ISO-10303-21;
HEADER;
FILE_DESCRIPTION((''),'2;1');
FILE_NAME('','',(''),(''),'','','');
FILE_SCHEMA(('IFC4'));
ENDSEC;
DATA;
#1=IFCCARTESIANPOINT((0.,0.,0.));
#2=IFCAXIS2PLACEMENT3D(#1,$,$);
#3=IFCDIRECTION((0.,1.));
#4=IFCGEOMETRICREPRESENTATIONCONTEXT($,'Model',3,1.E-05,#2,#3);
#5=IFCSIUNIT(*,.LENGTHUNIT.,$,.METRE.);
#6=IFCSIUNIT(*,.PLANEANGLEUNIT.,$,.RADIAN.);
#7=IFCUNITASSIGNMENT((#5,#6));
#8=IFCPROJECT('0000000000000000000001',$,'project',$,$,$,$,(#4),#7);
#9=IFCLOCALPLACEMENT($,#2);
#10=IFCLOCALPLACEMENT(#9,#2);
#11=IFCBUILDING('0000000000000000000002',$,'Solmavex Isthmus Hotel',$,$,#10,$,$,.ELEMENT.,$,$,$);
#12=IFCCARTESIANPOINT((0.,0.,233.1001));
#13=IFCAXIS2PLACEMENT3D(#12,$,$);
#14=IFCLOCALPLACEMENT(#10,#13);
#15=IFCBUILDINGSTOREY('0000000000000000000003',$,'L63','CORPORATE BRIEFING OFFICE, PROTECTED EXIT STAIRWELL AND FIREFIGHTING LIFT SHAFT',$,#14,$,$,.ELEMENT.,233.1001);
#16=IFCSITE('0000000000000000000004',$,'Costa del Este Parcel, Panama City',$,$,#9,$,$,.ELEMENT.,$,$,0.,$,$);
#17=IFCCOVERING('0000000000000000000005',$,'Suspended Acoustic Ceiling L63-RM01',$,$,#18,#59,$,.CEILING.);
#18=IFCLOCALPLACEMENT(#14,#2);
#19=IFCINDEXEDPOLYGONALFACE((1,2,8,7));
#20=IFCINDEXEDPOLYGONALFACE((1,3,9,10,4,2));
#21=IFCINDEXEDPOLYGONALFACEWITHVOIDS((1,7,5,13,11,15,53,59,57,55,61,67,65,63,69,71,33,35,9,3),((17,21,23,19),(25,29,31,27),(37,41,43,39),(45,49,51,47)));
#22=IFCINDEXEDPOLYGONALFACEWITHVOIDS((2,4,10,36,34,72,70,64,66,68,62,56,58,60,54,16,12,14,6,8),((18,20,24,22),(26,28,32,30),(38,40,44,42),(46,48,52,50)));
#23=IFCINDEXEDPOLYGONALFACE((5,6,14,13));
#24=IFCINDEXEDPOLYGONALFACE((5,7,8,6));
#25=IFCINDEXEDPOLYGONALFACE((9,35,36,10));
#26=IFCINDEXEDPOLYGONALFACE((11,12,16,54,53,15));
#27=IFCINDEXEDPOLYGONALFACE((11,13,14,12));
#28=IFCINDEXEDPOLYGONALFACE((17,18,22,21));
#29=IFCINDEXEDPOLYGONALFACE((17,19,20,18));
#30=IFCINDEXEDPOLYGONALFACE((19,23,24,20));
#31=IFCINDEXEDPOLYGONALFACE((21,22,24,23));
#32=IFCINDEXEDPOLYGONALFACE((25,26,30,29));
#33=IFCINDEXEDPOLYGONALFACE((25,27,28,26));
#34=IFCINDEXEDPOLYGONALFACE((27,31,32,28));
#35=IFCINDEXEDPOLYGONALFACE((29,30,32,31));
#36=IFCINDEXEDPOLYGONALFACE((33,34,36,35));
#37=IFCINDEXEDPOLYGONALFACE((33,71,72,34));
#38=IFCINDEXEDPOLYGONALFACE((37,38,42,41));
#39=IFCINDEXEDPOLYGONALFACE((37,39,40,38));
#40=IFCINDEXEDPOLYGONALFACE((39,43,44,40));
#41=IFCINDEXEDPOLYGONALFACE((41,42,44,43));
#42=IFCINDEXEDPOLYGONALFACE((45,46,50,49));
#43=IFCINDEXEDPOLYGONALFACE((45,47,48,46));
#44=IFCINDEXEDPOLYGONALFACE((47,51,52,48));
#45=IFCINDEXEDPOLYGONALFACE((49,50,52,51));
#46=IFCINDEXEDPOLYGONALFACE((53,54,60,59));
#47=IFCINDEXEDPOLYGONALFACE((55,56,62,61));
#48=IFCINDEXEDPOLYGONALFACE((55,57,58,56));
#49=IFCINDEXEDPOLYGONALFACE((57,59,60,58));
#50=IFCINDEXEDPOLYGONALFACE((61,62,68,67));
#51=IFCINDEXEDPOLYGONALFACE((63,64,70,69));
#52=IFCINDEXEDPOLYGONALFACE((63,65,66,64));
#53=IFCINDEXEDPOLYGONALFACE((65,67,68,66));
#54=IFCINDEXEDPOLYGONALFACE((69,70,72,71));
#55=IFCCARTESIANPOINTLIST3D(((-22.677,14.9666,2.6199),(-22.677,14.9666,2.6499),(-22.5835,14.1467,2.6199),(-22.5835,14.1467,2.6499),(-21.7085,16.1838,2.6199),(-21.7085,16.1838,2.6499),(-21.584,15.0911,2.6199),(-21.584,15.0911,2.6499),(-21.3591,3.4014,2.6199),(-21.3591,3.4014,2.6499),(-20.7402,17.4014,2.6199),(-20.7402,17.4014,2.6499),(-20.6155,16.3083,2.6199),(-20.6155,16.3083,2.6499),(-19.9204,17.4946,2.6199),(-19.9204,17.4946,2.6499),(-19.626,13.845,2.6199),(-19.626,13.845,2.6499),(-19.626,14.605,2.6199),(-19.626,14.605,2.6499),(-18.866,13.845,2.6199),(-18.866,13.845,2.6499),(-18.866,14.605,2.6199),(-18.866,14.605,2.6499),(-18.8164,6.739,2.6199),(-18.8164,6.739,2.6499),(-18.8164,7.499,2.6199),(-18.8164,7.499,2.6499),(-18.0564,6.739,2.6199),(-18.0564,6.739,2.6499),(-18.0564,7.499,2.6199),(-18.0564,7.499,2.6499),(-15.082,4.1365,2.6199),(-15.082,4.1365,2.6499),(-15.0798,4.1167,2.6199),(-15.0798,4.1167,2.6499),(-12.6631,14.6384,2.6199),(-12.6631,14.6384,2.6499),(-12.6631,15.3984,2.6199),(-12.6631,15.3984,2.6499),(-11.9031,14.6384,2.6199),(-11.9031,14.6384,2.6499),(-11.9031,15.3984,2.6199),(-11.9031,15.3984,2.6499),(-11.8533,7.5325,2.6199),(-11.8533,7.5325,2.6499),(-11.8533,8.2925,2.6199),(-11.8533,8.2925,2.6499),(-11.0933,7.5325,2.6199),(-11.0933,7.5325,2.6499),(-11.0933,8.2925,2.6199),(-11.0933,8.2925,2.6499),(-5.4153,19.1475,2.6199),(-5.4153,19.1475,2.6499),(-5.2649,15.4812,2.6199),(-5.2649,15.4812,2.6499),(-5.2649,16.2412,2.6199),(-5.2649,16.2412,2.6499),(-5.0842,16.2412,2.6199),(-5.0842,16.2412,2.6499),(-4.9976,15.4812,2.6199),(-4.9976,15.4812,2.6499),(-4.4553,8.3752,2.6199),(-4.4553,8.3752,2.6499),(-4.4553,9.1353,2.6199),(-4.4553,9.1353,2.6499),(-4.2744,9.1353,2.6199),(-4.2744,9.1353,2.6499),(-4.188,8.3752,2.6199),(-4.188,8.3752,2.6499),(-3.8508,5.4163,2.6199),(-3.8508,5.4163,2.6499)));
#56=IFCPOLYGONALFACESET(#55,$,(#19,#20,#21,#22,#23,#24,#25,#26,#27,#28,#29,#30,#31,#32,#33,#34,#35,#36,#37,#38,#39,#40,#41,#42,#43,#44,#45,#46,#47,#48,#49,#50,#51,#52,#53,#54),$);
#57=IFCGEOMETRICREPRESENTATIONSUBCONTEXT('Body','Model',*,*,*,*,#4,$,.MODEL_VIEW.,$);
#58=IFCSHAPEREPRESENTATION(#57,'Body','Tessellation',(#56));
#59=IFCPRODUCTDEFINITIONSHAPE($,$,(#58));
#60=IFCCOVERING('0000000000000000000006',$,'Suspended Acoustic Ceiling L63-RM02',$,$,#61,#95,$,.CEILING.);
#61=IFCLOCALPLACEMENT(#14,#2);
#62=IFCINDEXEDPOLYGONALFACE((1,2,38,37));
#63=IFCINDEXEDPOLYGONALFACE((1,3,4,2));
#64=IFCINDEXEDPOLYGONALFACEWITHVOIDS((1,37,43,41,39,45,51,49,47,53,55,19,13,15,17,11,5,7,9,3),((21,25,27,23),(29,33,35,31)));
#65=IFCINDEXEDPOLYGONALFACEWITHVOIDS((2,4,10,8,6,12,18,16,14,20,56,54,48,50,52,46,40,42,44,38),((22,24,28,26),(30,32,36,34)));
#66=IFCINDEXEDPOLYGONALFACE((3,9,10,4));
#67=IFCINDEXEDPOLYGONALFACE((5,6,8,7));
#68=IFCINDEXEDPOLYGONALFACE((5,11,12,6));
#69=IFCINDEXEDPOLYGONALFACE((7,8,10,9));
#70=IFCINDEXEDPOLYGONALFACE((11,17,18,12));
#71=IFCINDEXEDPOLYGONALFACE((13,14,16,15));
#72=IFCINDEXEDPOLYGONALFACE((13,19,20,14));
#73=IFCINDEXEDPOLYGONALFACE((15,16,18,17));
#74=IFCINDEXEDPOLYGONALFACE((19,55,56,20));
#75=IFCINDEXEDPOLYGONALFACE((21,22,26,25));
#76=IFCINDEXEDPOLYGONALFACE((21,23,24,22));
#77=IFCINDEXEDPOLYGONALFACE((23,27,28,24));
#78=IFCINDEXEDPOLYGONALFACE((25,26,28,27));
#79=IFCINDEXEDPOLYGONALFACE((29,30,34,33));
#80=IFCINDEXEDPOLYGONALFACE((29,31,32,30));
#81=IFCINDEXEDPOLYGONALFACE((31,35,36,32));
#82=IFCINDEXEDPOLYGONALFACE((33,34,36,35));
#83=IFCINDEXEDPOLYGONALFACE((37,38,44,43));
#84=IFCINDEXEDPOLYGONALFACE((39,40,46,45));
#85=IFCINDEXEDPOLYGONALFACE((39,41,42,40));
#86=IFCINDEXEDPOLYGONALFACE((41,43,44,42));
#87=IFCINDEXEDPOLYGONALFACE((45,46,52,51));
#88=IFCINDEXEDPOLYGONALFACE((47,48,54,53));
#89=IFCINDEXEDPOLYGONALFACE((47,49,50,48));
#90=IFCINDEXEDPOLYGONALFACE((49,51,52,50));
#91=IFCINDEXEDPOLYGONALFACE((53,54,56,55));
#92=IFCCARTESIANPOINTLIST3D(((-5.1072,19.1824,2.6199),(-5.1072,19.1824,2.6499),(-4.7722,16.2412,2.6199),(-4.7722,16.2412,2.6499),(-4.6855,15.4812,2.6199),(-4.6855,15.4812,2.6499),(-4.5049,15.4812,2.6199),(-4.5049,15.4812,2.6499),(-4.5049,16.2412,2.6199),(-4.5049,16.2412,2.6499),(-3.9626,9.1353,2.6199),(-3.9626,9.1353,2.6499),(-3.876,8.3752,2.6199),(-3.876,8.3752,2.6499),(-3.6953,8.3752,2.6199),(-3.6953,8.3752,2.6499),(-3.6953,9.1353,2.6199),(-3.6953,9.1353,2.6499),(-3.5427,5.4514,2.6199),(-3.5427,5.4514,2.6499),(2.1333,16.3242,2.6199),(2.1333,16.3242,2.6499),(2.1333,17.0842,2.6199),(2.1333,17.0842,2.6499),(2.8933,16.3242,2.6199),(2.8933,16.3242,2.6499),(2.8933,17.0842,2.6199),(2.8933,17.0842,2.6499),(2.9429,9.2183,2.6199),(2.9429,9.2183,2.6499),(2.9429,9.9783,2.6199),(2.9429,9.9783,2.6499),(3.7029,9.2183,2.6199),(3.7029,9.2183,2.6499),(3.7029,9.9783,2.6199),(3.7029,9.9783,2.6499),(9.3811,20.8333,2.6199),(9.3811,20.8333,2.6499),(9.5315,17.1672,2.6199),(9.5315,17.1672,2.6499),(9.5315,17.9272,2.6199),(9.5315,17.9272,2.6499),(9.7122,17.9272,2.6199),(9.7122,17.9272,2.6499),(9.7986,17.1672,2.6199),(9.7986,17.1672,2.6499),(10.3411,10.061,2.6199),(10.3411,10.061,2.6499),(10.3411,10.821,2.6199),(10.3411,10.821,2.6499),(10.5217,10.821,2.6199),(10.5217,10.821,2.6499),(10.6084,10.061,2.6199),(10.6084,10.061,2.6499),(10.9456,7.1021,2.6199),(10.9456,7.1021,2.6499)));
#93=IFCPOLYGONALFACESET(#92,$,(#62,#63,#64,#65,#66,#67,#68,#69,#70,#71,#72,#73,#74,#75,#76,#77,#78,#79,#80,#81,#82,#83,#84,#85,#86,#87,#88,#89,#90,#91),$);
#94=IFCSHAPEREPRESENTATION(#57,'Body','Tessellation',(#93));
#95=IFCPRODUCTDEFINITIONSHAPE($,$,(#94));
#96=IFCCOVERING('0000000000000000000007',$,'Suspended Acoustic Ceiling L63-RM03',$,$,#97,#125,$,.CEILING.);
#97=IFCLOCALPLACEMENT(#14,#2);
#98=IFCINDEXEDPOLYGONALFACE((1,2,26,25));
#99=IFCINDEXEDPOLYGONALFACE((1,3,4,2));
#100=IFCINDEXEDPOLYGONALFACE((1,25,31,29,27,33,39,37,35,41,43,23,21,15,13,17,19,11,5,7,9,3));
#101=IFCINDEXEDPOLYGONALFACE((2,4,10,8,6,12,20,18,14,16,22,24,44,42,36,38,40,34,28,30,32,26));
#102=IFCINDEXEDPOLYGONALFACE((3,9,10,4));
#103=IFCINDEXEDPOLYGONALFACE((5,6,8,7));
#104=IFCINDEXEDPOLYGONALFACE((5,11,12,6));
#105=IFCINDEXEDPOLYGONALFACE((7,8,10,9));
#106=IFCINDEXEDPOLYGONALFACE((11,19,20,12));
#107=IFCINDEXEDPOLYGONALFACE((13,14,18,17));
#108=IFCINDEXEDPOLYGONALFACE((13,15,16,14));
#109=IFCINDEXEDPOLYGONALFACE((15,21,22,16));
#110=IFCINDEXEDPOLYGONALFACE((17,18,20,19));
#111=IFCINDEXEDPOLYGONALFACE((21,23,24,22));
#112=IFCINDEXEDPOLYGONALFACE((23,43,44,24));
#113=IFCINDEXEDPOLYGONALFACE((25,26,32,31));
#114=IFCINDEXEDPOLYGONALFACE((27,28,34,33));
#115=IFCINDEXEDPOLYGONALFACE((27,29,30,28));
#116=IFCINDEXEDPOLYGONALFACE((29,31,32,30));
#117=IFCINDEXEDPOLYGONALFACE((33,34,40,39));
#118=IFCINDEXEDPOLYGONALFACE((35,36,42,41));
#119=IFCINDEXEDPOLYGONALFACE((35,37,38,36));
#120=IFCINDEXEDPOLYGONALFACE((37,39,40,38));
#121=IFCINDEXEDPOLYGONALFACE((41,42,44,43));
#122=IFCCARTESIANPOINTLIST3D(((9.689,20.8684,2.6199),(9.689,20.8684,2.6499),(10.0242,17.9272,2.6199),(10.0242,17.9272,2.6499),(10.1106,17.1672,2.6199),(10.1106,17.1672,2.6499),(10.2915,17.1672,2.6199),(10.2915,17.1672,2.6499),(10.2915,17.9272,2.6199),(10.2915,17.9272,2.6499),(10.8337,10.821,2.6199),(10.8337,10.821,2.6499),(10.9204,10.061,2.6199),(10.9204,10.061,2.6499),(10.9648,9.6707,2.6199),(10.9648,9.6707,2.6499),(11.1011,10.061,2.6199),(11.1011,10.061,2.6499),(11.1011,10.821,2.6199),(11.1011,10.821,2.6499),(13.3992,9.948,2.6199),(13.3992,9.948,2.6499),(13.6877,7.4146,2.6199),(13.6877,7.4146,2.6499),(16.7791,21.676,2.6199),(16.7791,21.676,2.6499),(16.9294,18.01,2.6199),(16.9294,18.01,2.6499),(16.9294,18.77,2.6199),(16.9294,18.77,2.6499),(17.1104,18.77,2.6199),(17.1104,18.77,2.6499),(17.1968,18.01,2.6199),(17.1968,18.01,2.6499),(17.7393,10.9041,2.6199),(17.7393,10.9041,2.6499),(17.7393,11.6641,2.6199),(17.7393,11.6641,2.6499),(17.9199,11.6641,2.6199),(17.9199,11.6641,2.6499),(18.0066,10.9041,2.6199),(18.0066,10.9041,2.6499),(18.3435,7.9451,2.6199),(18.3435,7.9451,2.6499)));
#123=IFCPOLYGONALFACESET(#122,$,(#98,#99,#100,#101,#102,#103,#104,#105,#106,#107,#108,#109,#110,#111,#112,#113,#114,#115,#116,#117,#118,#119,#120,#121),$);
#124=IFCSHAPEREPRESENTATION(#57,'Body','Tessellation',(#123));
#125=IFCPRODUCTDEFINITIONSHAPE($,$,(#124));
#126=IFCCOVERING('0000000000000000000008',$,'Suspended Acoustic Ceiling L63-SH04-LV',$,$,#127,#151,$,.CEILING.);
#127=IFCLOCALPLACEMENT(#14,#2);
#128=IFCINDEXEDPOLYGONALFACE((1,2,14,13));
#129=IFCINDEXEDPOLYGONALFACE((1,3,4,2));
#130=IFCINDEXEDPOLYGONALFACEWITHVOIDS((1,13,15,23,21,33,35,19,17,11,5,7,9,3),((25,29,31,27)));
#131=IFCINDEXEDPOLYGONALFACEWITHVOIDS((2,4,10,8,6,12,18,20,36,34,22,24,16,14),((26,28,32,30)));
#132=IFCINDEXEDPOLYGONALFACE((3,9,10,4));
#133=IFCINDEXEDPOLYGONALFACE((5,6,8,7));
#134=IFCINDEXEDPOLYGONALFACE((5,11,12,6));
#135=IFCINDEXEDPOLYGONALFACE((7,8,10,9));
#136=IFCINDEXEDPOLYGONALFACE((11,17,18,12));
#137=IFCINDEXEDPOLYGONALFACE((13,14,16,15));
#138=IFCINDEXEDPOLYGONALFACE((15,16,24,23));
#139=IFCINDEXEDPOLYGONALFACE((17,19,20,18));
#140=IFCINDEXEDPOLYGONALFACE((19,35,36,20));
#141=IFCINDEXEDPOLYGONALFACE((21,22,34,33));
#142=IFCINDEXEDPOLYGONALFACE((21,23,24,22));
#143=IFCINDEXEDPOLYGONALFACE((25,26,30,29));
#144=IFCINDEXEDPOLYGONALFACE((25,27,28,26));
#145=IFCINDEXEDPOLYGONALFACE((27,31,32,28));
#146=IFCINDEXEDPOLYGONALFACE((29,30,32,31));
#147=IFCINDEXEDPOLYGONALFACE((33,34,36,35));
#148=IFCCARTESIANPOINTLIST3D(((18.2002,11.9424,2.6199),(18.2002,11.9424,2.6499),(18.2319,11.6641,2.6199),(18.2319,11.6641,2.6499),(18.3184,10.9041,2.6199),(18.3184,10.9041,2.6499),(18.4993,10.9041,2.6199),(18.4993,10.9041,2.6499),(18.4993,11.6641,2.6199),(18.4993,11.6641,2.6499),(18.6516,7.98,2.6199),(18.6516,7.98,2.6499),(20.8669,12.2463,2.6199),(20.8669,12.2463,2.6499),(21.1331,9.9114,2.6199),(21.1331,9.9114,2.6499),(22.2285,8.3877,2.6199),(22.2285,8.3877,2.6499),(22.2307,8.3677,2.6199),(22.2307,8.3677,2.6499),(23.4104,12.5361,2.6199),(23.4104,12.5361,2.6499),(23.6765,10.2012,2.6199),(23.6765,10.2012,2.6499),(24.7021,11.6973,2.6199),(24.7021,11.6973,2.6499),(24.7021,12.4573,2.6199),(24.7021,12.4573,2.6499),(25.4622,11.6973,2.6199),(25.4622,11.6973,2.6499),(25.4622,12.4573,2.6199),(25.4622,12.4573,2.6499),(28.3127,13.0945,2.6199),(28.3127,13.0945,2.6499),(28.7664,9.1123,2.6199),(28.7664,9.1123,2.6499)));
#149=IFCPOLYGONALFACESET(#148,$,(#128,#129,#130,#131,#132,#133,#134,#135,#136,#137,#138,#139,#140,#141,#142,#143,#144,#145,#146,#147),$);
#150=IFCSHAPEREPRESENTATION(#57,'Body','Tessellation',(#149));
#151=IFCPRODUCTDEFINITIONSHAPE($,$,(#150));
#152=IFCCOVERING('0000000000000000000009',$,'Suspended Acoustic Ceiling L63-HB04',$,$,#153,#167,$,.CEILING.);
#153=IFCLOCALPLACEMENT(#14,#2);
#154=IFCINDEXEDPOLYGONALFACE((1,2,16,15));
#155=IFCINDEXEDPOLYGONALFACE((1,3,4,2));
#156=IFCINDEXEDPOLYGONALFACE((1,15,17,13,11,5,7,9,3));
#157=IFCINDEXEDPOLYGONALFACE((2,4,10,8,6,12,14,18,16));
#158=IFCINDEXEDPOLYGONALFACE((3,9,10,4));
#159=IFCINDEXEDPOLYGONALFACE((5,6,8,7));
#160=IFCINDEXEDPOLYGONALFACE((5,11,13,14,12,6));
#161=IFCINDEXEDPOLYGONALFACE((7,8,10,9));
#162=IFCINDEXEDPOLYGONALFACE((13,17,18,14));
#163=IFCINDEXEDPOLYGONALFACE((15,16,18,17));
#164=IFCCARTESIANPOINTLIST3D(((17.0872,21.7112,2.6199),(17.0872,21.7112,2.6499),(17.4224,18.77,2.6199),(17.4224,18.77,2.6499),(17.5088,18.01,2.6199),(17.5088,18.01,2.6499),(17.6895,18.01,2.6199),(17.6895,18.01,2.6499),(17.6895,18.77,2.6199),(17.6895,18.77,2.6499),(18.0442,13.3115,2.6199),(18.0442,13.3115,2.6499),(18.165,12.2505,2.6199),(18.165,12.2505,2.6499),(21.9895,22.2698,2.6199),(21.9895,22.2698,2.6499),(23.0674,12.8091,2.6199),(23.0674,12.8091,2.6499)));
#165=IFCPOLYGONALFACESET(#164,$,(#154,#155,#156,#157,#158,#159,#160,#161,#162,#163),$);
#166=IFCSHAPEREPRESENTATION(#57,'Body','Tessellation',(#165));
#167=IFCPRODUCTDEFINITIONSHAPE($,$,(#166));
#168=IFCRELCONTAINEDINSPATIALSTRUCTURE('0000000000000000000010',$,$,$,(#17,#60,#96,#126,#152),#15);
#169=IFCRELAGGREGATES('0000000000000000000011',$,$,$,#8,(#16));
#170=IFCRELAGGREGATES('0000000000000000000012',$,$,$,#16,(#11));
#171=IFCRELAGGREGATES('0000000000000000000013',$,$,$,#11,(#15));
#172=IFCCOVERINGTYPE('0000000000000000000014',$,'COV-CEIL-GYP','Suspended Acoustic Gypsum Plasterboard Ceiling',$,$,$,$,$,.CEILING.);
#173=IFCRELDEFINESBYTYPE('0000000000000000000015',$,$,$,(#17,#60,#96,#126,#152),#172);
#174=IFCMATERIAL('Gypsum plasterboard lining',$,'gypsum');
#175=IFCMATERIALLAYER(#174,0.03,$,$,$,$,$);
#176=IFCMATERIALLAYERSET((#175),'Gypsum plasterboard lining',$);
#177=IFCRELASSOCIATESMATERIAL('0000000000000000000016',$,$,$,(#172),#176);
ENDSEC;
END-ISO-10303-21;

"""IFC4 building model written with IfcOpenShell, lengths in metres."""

from ifc_helpers import new_model, si_unit, direction, frame, origin, place, context, subcontext, project, spatial, polyline, outline, extrude, material, layer, layer_set, type_object, element, save


model = new_model("IFC4")

# Units and contexts
model_context = context("Model", 3, precision=1e-05, world=origin(), true_north=direction((0.0, 1.0)))
body_context = subcontext(model_context, "Body", "Model", "MODEL_VIEW")
ifc_project = project(units=[si_unit("LENGTHUNIT", "METRE"), si_unit("PLANEANGLEUNIT", "RADIAN")], contexts=[model_context])

# Site, building, storey
site_placement = place(None, origin())
site = spatial("IfcSite", under=ifc_project, at=site_placement, Name="Costa del Este Parcel, Panama City", CompositionType="ELEMENT", RefElevation=0.0)
building_placement = place(site_placement, origin())
building = spatial("IfcBuilding", under=site, at=building_placement, Name="Solmavex Isthmus Hotel", CompositionType="ELEMENT")
storey_placement = place(building_placement, frame((0.0, 0.0, 233.1001)))
storey = spatial("IfcBuildingStorey", under=building, at=storey_placement, Name="L63", Description="CORPORATE BRIEFING OFFICE, PROTECTED EXIT STAIRWELL AND FIREFIGHTING LIFT SHAFT", CompositionType="ELEMENT", Elevation=233.1001)

# Coverings
ifc_material_1 = material(Name="Gypsum plasterboard lining", Category="gypsum")
ifc_layer_1 = layer(ifc_material_1, 0.03)
ifc_layer_set_1 = layer_set([ifc_layer_1], Name="Gypsum plasterboard lining")
covering_type_1 = type_object("IfcCoveringType", Name="COV-CEIL-GYP", Description="Suspended Acoustic Gypsum Plasterboard Ceiling", PredefinedType="CEILING", material=ifc_layer_set_1)
covering_1_placement = place(storey_placement, frame((0.0, 0.0, 2.6199)))
element("IfcCovering", 1, at=covering_1_placement, inside=storey, type_object=covering_type_1, Name="Suspended Acoustic Ceiling L63-RM01", PredefinedType="CEILING", context=body_context, shape_type="SweptSolid", body=[
    extrude(outline(polyline([(-15.0798, 4.1167), (-15.082, 4.1365), (-3.8508, 5.4163), (-4.188, 8.3752), (-4.4553, 8.3752), (-4.4553, 9.1353), (-4.2744, 9.1353), (-4.9976, 15.4812), (-5.2649, 15.4812), (-5.2649, 16.2412), (-5.0842, 16.2412), (-5.4153, 19.1475), (-19.9204, 17.4946), (-20.7402, 17.4014), (-20.6155, 16.3083), (-21.7085, 16.1838), (-21.584, 15.0911), (-22.677, 14.9666), (-22.5835, 14.1467), (-21.3591, 3.4014), (-15.0798, 4.1167)]), holes=[polyline([(-11.8533, 7.5325), (-11.8533, 8.2925), (-11.0933, 8.2925), (-11.0933, 7.5325), (-11.8533, 7.5325)]), polyline([(-12.6631, 14.6384), (-12.6631, 15.3984), (-11.9031, 15.3984), (-11.9031, 14.6384), (-12.6631, 14.6384)]), polyline([(-18.8164, 6.739), (-18.8164, 7.499), (-18.0564, 7.499), (-18.0564, 6.739), (-18.8164, 6.739)]), polyline([(-19.626, 13.845), (-19.626, 14.605), (-18.866, 14.605), (-18.866, 13.845), (-19.626, 13.845)])]), origin(), (0.0, 0.0, 1.0), 0.03),
])
covering_2_placement = place(storey_placement, frame((0.0, 0.0, 2.6199)))
element("IfcCovering", 2, at=covering_2_placement, inside=storey, type_object=covering_type_1, Name="Suspended Acoustic Ceiling L63-RM02", PredefinedType="CEILING", context=body_context, shape_type="SweptSolid", body=[
    extrude(outline(polyline([(-3.9626, 9.1353), (-3.6953, 9.1353), (-3.6953, 8.3752), (-3.876, 8.3752), (-3.5427, 5.4514), (10.9456, 7.1021), (10.6084, 10.061), (10.3411, 10.061), (10.3411, 10.821), (10.5217, 10.821), (9.7986, 17.1672), (9.5315, 17.1672), (9.5315, 17.9272), (9.7122, 17.9272), (9.3811, 20.8333), (-5.1072, 19.1824), (-4.7722, 16.2412), (-4.5049, 16.2412), (-4.5049, 15.4812), (-4.6855, 15.4812), (-3.9626, 9.1353)]), holes=[polyline([(2.9429, 9.2183), (2.9429, 9.9783), (3.7029, 9.9783), (3.7029, 9.2183), (2.9429, 9.2183)]), polyline([(2.1333, 16.3242), (2.1333, 17.0842), (2.8933, 17.0842), (2.8933, 16.3242), (2.1333, 16.3242)])]), origin(), (0.0, 0.0, 1.0), 0.03),
])
covering_3_placement = place(storey_placement, frame((0.0, 0.0, 2.6199)))
element("IfcCovering", 3, at=covering_3_placement, inside=storey, type_object=covering_type_1, Name="Suspended Acoustic Ceiling L63-RM03", PredefinedType="CEILING", context=body_context, shape_type="SweptSolid", body=[
    extrude(outline(polyline([(10.8337, 10.821), (11.1011, 10.821), (11.1011, 10.061), (10.9204, 10.061), (10.9648, 9.6707), (13.3992, 9.948), (13.6877, 7.4146), (18.3435, 7.9451), (18.0066, 10.9041), (17.7393, 10.9041), (17.7393, 11.6641), (17.9199, 11.6641), (17.1968, 18.01), (16.9294, 18.01), (16.9294, 18.77), (17.1104, 18.77), (16.7791, 21.676), (9.689, 20.8684), (10.0242, 17.9272), (10.2915, 17.9272), (10.2915, 17.1672), (10.1106, 17.1672), (10.8337, 10.821)])), origin(), (0.0, 0.0, 1.0), 0.03),
])
covering_4_placement = place(storey_placement, frame((0.0, 0.0, 2.6199)))
element("IfcCovering", 4, at=covering_4_placement, inside=storey, type_object=covering_type_1, Name="Suspended Acoustic Ceiling L63-SH04-LV", PredefinedType="CEILING", context=body_context, shape_type="SweptSolid", body=[
    extrude(outline(polyline([(18.2319, 11.6641), (18.4993, 11.6641), (18.4993, 10.9041), (18.3184, 10.9041), (18.6516, 7.98), (22.2285, 8.3877), (22.2307, 8.3677), (28.7664, 9.1123), (28.3127, 13.0945), (23.4104, 12.5361), (23.6765, 10.2012), (21.1331, 9.9114), (20.8669, 12.2463), (18.2002, 11.9424), (18.2319, 11.6641)]), holes=[polyline([(24.7021, 11.6973), (24.7021, 12.4573), (25.4622, 12.4573), (25.4622, 11.6973), (24.7021, 11.6973)])]), origin(), (0.0, 0.0, 1.0), 0.03),
])
covering_5_placement = place(storey_placement, frame((0.0, 0.0, 2.6199)))
element("IfcCovering", 5, at=covering_5_placement, inside=storey, type_object=covering_type_1, Name="Suspended Acoustic Ceiling L63-HB04", PredefinedType="CEILING", context=body_context, shape_type="SweptSolid", body=[
    extrude(outline(polyline([(17.4224, 18.77), (17.6895, 18.77), (17.6895, 18.01), (17.5088, 18.01), (18.0442, 13.3115), (18.165, 12.2505), (23.0674, 12.8091), (21.9895, 22.2698), (17.0872, 21.7112), (17.4224, 18.77)])), origin(), (0.0, 0.0, 1.0), 0.03),
])

save(model, "model.ifc")
